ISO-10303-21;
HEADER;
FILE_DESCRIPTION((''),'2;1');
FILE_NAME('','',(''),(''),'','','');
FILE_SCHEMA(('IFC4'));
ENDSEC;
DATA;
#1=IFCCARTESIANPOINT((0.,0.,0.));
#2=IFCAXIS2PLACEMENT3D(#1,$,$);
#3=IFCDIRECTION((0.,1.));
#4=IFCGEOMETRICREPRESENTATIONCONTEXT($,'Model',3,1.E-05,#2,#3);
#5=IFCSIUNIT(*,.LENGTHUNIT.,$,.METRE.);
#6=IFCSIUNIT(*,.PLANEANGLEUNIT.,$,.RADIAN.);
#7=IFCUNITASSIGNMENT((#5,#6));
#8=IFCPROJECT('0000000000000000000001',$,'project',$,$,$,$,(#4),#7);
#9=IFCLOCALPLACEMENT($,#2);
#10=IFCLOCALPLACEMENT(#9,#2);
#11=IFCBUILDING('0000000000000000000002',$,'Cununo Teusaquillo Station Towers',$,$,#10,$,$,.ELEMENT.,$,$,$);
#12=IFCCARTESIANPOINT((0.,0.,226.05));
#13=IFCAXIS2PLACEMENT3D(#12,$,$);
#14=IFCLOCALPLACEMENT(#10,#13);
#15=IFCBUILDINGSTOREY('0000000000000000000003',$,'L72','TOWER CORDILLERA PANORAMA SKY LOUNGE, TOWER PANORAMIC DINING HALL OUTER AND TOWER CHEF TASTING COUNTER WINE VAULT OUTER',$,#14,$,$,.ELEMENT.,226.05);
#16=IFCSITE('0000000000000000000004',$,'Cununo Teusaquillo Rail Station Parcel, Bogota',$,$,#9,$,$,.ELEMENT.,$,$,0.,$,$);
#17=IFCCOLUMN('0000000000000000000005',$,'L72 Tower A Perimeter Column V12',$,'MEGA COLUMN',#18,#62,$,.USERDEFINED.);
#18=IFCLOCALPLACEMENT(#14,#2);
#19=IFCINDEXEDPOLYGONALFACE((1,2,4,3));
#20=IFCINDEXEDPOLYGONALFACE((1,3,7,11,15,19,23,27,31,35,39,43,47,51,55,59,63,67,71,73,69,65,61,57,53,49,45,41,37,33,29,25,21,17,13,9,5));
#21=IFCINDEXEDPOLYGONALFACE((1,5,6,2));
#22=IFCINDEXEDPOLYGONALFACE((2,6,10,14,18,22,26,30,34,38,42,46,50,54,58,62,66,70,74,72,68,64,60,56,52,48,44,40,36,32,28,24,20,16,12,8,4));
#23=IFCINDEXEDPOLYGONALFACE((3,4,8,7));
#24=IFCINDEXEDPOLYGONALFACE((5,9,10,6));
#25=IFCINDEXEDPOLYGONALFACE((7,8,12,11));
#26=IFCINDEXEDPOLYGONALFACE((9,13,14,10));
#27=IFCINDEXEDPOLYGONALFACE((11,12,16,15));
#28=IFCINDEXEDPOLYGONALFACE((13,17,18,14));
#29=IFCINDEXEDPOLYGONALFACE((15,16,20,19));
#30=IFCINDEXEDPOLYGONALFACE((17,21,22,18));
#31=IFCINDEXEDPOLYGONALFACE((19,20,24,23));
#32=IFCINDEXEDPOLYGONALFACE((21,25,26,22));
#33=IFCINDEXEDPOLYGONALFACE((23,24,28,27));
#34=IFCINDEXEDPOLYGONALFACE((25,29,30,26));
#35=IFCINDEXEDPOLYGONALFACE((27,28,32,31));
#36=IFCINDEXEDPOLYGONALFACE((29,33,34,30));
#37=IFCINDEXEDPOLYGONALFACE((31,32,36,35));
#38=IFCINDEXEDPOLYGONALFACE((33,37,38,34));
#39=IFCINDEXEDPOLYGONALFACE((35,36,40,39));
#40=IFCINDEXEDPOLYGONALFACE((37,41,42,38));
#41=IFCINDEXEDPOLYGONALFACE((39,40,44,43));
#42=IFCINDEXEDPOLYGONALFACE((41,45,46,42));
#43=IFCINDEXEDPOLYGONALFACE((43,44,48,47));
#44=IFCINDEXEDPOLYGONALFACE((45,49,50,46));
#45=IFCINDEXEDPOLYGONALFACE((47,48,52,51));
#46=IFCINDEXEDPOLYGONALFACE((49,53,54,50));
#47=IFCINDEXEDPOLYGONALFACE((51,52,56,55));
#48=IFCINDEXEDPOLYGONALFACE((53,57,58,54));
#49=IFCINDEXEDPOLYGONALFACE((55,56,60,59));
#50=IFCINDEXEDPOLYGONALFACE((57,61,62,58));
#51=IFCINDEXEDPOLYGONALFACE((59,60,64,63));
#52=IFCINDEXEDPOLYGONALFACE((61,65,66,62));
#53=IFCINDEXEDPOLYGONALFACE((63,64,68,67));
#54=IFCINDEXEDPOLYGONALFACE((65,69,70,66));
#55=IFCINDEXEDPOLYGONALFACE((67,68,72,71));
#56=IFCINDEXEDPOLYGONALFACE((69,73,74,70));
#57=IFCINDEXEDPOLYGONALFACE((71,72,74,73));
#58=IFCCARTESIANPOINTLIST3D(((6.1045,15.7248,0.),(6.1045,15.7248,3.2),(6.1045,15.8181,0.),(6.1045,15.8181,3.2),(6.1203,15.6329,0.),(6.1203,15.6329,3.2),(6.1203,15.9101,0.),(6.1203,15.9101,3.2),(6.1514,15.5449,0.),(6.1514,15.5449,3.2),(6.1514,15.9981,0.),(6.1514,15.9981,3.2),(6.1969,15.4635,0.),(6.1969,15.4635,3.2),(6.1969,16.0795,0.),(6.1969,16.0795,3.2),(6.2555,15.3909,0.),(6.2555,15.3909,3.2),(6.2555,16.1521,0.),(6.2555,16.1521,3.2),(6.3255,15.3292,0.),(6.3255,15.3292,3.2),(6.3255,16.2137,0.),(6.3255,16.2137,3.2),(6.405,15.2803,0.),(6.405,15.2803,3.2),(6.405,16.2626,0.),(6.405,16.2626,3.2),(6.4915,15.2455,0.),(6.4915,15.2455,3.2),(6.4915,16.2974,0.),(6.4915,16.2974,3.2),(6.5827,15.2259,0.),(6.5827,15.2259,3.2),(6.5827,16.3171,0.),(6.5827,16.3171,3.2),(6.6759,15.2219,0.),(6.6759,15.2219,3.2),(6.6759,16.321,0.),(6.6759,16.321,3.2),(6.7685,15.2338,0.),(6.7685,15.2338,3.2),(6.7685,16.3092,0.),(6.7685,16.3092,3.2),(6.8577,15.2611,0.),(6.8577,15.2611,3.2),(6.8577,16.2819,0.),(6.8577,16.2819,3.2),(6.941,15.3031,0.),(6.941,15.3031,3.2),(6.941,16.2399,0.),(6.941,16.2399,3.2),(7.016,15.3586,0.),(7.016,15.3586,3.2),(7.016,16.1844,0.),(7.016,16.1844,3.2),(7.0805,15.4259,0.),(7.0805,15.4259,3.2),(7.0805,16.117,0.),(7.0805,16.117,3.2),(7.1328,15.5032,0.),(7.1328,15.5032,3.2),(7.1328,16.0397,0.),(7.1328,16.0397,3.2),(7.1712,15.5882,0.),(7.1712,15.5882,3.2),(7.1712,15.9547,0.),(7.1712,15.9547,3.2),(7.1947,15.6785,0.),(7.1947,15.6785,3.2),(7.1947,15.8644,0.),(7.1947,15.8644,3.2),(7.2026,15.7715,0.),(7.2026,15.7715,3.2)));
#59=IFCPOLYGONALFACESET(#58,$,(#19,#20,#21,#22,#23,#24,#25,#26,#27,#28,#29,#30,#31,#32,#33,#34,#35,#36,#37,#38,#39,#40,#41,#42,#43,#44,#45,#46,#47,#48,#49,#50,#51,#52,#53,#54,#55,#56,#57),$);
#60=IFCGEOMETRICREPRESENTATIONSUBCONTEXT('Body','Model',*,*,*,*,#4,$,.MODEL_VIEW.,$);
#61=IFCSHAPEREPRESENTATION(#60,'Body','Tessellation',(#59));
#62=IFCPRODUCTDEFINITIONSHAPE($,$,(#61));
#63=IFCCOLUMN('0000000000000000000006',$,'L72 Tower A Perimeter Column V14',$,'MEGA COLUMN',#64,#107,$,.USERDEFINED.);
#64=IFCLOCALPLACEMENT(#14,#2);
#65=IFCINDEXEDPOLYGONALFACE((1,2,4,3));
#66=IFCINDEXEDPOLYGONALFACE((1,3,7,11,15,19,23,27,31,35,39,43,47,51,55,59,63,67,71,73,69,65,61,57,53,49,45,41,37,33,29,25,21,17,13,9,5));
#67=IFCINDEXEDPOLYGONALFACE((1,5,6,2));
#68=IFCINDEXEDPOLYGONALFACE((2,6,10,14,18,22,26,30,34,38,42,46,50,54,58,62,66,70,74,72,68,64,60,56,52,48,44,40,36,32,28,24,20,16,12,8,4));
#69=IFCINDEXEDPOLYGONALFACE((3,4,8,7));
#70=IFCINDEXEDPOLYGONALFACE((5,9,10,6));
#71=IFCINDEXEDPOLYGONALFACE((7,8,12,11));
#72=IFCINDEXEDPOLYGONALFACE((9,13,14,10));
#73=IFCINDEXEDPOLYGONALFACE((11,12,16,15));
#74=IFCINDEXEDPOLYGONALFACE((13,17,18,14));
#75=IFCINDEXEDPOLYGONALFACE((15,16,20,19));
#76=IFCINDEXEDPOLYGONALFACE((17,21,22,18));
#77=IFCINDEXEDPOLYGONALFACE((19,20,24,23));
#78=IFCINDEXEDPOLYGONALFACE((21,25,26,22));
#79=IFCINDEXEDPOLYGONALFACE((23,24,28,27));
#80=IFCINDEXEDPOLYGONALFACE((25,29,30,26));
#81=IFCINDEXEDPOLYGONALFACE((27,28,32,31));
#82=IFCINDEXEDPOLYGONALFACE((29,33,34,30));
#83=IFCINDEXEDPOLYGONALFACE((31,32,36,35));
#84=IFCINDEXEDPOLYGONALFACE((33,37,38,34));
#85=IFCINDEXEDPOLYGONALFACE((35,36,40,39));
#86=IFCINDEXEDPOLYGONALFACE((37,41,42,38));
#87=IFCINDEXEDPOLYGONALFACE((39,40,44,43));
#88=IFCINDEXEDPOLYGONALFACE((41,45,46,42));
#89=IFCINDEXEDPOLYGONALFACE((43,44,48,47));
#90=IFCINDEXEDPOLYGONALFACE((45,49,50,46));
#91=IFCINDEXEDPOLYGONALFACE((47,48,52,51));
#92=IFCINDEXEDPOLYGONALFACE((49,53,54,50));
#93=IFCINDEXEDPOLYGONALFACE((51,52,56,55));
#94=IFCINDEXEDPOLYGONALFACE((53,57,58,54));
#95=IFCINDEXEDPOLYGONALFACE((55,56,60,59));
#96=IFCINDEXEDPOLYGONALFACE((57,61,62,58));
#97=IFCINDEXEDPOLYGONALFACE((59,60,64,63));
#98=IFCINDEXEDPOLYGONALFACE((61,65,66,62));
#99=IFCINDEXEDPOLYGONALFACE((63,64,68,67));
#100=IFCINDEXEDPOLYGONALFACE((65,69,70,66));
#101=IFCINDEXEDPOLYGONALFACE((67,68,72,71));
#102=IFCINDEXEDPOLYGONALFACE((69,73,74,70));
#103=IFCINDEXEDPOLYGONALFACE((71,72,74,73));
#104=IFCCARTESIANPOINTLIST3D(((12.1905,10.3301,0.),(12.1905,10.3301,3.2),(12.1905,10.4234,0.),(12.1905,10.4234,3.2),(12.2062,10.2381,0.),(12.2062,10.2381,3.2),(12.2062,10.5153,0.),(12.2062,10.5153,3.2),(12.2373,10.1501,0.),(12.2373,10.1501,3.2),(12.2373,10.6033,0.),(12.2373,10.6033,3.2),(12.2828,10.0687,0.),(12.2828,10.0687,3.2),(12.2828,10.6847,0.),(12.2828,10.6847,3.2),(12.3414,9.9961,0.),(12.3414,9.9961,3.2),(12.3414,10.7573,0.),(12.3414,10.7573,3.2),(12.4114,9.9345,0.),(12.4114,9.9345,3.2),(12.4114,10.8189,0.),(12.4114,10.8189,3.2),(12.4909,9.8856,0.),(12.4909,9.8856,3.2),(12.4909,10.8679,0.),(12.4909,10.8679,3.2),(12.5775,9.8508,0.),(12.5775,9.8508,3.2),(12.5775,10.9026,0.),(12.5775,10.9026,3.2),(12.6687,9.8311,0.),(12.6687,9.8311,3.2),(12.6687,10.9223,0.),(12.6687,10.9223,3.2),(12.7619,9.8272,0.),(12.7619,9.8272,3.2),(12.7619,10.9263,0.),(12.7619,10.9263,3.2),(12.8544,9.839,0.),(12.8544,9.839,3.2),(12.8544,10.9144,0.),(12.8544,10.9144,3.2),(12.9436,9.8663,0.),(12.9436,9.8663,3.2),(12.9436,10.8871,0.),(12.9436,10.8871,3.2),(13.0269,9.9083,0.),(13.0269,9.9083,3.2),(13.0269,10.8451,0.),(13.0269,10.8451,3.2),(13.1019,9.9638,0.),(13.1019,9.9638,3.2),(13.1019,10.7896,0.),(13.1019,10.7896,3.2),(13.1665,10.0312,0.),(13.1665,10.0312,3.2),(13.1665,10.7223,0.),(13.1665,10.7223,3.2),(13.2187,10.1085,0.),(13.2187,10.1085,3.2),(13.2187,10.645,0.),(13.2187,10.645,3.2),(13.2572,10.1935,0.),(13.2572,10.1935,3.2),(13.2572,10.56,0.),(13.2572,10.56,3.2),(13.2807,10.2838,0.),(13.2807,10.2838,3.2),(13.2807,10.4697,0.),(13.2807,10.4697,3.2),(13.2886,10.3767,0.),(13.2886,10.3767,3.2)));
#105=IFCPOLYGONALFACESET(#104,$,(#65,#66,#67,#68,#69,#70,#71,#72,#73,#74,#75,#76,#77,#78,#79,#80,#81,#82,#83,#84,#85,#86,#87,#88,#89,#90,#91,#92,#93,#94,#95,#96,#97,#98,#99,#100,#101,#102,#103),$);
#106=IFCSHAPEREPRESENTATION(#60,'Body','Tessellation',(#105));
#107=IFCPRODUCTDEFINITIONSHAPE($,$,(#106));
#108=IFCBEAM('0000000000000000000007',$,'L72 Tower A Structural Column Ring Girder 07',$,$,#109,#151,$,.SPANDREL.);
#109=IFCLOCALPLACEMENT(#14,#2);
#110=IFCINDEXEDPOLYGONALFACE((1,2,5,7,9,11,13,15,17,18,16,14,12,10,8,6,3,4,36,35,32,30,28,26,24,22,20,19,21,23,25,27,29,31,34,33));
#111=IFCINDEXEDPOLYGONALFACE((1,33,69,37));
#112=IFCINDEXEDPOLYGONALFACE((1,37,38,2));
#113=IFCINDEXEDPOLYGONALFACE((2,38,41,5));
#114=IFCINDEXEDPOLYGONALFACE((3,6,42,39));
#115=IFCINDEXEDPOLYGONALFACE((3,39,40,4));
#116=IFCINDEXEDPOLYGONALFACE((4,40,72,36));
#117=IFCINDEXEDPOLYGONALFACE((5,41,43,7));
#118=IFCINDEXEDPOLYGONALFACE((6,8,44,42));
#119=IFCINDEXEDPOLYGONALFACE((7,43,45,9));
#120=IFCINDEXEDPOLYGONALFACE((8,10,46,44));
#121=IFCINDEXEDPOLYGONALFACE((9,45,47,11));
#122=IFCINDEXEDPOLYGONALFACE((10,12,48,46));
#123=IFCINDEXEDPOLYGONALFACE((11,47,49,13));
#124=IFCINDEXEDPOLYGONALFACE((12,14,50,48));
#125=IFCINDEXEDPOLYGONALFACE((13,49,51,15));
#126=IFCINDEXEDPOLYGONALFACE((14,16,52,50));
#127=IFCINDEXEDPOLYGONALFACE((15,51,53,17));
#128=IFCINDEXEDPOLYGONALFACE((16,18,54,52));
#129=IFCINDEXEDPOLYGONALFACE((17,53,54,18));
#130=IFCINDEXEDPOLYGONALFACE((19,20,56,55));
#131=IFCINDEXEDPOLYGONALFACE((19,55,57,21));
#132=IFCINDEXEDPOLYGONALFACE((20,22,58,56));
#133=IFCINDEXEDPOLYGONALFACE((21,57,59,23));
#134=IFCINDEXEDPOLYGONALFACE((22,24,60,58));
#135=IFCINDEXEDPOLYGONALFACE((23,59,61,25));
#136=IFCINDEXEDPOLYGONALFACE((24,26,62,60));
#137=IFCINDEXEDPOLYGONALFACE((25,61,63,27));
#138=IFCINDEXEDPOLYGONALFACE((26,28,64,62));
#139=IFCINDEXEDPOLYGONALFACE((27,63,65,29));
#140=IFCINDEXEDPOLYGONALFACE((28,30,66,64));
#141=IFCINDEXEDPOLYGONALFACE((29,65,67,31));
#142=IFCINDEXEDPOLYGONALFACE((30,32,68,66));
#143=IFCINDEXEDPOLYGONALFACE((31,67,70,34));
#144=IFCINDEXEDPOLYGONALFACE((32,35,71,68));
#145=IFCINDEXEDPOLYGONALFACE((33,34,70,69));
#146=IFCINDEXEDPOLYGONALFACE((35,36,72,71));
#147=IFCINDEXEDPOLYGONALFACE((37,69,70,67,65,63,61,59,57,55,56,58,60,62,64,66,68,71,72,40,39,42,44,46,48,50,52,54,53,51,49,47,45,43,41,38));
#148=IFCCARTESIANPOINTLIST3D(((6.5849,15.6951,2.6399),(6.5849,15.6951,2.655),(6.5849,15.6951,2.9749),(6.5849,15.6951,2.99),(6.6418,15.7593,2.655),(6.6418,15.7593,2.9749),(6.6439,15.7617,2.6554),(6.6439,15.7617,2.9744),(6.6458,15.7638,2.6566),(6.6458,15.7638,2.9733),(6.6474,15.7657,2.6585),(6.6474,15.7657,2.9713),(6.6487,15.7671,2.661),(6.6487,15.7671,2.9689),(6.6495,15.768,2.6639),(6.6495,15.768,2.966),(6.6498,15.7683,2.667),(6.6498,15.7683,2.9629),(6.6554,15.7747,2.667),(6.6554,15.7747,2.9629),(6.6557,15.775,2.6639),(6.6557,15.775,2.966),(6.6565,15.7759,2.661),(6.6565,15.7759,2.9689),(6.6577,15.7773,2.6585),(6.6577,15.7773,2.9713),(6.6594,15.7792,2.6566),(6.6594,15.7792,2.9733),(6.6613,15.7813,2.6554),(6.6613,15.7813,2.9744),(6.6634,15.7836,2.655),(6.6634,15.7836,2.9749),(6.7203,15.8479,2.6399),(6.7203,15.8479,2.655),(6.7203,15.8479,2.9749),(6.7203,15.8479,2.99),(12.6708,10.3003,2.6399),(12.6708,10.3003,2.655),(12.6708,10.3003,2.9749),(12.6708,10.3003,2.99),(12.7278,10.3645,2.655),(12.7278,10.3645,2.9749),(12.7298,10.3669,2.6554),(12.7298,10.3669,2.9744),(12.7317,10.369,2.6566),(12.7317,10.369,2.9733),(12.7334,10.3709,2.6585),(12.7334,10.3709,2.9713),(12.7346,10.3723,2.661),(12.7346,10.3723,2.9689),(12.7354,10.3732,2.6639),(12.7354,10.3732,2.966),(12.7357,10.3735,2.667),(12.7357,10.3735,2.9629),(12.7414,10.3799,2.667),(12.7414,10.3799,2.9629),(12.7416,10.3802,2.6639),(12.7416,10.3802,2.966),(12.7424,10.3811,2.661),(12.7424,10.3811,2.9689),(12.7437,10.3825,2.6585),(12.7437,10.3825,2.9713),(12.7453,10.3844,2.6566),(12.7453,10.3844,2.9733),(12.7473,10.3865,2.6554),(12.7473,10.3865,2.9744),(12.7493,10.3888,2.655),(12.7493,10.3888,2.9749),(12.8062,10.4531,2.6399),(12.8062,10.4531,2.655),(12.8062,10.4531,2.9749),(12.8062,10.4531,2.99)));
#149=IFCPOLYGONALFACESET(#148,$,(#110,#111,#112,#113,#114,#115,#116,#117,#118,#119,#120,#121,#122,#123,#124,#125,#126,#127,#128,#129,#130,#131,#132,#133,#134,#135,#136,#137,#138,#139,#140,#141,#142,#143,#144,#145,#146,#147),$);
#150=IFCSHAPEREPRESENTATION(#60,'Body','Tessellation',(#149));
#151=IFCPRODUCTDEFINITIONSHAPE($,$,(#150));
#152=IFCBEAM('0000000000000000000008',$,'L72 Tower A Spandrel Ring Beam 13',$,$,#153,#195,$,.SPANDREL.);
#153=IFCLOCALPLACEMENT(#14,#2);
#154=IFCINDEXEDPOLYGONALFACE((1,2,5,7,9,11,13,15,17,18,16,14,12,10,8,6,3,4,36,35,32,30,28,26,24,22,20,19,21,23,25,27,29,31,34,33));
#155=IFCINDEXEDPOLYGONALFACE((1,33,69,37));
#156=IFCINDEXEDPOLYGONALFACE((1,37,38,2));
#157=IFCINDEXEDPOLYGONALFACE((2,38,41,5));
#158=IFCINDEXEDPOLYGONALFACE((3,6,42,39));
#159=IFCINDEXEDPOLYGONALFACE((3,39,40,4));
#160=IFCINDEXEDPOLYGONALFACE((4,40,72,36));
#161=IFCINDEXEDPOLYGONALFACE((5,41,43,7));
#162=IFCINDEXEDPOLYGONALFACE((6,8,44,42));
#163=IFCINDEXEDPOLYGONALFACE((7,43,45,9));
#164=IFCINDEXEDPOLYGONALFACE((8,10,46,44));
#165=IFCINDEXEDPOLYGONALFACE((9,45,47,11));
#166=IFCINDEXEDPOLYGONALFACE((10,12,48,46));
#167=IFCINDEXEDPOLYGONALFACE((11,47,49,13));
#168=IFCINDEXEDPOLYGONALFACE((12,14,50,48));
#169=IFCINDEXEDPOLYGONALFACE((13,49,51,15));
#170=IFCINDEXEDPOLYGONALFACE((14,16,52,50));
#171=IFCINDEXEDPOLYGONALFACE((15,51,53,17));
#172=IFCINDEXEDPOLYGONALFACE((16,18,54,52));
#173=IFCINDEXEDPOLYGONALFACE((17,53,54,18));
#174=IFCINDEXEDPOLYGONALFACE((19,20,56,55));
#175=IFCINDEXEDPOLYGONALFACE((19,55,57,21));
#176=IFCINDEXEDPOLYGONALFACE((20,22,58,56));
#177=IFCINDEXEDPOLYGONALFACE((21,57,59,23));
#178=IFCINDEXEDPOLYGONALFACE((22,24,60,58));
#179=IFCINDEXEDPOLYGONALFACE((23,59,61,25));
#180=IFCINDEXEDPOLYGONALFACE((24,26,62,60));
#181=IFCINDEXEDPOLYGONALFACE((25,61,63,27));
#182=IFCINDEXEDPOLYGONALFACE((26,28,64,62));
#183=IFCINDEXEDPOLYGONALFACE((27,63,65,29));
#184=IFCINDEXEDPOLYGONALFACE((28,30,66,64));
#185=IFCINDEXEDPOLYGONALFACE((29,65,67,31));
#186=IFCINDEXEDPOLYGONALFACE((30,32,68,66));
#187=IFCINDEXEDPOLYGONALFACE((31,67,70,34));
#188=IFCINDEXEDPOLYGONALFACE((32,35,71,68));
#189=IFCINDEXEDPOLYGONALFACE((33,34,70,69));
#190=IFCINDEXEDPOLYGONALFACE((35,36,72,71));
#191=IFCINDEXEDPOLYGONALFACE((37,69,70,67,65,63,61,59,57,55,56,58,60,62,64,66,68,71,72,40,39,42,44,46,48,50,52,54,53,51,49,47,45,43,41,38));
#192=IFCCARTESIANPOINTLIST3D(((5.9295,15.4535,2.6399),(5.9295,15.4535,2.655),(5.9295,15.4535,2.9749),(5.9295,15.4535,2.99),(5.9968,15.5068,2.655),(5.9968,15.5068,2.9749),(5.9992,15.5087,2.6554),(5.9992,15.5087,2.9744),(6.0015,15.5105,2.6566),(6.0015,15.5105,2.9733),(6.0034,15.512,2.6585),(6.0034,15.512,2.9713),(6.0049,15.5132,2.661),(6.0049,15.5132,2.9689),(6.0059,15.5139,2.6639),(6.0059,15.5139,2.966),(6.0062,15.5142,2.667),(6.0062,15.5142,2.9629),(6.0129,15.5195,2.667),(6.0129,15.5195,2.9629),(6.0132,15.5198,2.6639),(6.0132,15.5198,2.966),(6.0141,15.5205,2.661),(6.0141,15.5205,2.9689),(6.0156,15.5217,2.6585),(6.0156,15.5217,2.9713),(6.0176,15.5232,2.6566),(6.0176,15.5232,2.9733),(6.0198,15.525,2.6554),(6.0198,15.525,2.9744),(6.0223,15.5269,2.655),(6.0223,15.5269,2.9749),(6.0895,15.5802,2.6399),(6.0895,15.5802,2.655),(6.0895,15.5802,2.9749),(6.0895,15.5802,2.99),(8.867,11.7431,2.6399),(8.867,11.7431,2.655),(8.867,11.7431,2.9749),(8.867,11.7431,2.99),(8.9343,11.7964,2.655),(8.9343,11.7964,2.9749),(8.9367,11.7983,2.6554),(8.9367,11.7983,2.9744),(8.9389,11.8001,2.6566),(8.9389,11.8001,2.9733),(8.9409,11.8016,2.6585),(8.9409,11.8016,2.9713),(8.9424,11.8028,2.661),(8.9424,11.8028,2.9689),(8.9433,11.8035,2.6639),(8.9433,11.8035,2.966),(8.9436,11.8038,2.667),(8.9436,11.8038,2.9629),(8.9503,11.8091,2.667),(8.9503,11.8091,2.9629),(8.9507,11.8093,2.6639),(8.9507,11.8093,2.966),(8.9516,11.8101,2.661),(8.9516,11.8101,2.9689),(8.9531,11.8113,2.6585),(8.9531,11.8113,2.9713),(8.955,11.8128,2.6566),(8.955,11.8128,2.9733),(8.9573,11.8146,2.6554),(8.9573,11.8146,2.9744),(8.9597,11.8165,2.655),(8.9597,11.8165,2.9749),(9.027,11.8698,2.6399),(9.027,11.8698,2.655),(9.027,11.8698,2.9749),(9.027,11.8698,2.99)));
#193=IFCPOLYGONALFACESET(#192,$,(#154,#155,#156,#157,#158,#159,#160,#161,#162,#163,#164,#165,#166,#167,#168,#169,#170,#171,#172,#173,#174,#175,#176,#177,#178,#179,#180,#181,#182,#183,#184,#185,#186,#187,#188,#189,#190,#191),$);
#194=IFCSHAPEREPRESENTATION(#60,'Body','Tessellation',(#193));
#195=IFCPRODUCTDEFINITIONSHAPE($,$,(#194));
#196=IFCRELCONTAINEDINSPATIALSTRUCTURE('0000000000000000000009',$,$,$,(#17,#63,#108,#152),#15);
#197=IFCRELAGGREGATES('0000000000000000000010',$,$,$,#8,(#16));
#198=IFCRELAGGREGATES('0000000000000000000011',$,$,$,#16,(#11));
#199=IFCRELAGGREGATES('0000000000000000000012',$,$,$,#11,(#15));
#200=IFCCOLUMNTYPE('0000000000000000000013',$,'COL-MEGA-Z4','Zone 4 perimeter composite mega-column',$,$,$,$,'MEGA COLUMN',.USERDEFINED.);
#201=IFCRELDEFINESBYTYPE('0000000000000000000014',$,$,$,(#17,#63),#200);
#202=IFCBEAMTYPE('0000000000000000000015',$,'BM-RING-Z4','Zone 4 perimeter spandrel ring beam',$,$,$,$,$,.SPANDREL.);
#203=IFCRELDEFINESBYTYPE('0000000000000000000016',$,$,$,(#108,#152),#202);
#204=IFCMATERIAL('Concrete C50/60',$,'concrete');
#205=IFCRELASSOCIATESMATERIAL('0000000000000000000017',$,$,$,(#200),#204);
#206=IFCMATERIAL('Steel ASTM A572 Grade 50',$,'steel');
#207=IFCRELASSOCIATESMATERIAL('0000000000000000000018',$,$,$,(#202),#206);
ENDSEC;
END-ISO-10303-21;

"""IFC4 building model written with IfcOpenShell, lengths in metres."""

from ifc_helpers import new_model, si_unit, direction, frame, origin, origin_2d, place, context, subcontext, project, spatial, circle, i_section, extrude, material, material_profile, profile_set, type_object, element, save


model = new_model("IFC4")

# Units and contexts
model_context = context("Model", 3, precision=1e-05, world=origin(), true_north=direction((0.0, 1.0)))
body_context = subcontext(model_context, "Body", "Model", "MODEL_VIEW")
ifc_project = project(units=[si_unit("LENGTHUNIT", "METRE"), si_unit("PLANEANGLEUNIT", "RADIAN")], contexts=[model_context])

# Site, building, storey
site_placement = place(None, origin())
site = spatial("IfcSite", under=ifc_project, at=site_placement, Name="Cununo Teusaquillo Rail Station Parcel, Bogota", CompositionType="ELEMENT", RefElevation=0.0)
building_placement = place(site_placement, origin())
building = spatial("IfcBuilding", under=site, at=building_placement, Name="Cununo Teusaquillo Station Towers", CompositionType="ELEMENT")
storey_placement = place(building_placement, frame((0.0, 0.0, 226.05)))
storey = spatial("IfcBuildingStorey", under=building, at=storey_placement, Name="L72", Description="TOWER CORDILLERA PANORAMA SKY LOUNGE, TOWER PANORAMIC DINING HALL OUTER AND TOWER CHEF TASTING COUNTER WINE VAULT OUTER", CompositionType="ELEMENT", Elevation=226.05)

# Columns
ifc_material_1 = material(Name="Concrete C50/60", Category="concrete")
ifc_material_profile_1 = material_profile(ifc_material_1, circle(Radius=0.55, at=origin_2d()), Name="RC-CIRC-1100")
ifc_profile_set_1 = profile_set([ifc_material_profile_1], Name="Concrete C50/60")
column_type = type_object("IfcColumnType", Name="COL-MEGA-Z4", Description="Zone 4 perimeter composite mega-column", ElementType="MEGA COLUMN", PredefinedType="USERDEFINED", material=ifc_profile_set_1)
for number, where, z_axis, x_axis, name in (
    (1, (6.6526, 15.7715, 0.0), (0.0, 0.0, 1.0), (1.0, 0.0, 0.0), "L72 Tower A Perimeter Column V12"),
    (2, (12.7385, 10.3767, 0.0), (0.0, 0.0, 1.0), (1.0, 0.0, 0.0), "L72 Tower A Perimeter Column V14"),
):
    element("IfcColumn", number, at=place(storey_placement, frame(where, z_axis=z_axis, x_axis=x_axis)), inside=storey, type_object=column_type, Name=name, ObjectType="MEGA COLUMN", PredefinedType="USERDEFINED", context=body_context, shape_type="SweptSolid", body=[
        extrude(circle(Radius=0.55, at=origin_2d()), origin(), (0.0, 0.0, 1.0), 3.2),
    ])

# Beams
ifc_material_2 = material(Name="Steel ASTM A572 Grade 50", Category="steel")
ifc_material_profile_2 = material_profile(ifc_material_2, i_section(OverallWidth=0.2041, OverallDepth=0.3501, WebThickness=0.0085, FlangeThickness=0.0151, FilletRadius=0.012, at=origin_2d()), Name="W14X48")
ifc_profile_set_2 = profile_set([ifc_material_profile_2], Name="Steel ASTM A572 Grade 50")
beam_type = type_object("IfcBeamType", Name="BM-RING-Z4", Description="Zone 4 perimeter spandrel ring beam", PredefinedType="SPANDREL", material=ifc_profile_set_2)
beam_1_placement = place(storey_placement, frame((6.6526, 15.7715, 2.8149), z_axis=(0.748321, -0.663337, 0.0), x_axis=(0.663337, 0.748321, 0.0)))
element("IfcBeam", 3, at=beam_1_placement, inside=storey, type_object=beam_type, Name="L72 Tower A Structural Column Ring Girder 07", PredefinedType="SPANDREL", context=body_context, shape_type="SweptSolid", body=[
    extrude(i_section(OverallWidth=0.2041, OverallDepth=0.3501, WebThickness=0.0085, FlangeThickness=0.0151, FilletRadius=0.012, at=origin_2d()), origin(), (0.0, 0.0, 1.0), 8.1328),
])
beam_2_placement = place(storey_placement, frame((6.0095, 15.5168, 2.8149), z_axis=(0.620711, -0.78404, 0.0), x_axis=(0.78404, 0.620711, 0.0)))
element("IfcBeam", 4, at=beam_2_placement, inside=storey, type_object=beam_type, Name="L72 Tower A Spandrel Ring Beam 13", PredefinedType="SPANDREL", context=body_context, shape_type="SweptSolid", body=[
    extrude(i_section(OverallWidth=0.2041, OverallDepth=0.3501, WebThickness=0.0085, FlangeThickness=0.0151, FilletRadius=0.012, at=origin_2d()), origin(), (0.0, 0.0, 1.0), 4.7324),
])

save(model, "model.ifc")
